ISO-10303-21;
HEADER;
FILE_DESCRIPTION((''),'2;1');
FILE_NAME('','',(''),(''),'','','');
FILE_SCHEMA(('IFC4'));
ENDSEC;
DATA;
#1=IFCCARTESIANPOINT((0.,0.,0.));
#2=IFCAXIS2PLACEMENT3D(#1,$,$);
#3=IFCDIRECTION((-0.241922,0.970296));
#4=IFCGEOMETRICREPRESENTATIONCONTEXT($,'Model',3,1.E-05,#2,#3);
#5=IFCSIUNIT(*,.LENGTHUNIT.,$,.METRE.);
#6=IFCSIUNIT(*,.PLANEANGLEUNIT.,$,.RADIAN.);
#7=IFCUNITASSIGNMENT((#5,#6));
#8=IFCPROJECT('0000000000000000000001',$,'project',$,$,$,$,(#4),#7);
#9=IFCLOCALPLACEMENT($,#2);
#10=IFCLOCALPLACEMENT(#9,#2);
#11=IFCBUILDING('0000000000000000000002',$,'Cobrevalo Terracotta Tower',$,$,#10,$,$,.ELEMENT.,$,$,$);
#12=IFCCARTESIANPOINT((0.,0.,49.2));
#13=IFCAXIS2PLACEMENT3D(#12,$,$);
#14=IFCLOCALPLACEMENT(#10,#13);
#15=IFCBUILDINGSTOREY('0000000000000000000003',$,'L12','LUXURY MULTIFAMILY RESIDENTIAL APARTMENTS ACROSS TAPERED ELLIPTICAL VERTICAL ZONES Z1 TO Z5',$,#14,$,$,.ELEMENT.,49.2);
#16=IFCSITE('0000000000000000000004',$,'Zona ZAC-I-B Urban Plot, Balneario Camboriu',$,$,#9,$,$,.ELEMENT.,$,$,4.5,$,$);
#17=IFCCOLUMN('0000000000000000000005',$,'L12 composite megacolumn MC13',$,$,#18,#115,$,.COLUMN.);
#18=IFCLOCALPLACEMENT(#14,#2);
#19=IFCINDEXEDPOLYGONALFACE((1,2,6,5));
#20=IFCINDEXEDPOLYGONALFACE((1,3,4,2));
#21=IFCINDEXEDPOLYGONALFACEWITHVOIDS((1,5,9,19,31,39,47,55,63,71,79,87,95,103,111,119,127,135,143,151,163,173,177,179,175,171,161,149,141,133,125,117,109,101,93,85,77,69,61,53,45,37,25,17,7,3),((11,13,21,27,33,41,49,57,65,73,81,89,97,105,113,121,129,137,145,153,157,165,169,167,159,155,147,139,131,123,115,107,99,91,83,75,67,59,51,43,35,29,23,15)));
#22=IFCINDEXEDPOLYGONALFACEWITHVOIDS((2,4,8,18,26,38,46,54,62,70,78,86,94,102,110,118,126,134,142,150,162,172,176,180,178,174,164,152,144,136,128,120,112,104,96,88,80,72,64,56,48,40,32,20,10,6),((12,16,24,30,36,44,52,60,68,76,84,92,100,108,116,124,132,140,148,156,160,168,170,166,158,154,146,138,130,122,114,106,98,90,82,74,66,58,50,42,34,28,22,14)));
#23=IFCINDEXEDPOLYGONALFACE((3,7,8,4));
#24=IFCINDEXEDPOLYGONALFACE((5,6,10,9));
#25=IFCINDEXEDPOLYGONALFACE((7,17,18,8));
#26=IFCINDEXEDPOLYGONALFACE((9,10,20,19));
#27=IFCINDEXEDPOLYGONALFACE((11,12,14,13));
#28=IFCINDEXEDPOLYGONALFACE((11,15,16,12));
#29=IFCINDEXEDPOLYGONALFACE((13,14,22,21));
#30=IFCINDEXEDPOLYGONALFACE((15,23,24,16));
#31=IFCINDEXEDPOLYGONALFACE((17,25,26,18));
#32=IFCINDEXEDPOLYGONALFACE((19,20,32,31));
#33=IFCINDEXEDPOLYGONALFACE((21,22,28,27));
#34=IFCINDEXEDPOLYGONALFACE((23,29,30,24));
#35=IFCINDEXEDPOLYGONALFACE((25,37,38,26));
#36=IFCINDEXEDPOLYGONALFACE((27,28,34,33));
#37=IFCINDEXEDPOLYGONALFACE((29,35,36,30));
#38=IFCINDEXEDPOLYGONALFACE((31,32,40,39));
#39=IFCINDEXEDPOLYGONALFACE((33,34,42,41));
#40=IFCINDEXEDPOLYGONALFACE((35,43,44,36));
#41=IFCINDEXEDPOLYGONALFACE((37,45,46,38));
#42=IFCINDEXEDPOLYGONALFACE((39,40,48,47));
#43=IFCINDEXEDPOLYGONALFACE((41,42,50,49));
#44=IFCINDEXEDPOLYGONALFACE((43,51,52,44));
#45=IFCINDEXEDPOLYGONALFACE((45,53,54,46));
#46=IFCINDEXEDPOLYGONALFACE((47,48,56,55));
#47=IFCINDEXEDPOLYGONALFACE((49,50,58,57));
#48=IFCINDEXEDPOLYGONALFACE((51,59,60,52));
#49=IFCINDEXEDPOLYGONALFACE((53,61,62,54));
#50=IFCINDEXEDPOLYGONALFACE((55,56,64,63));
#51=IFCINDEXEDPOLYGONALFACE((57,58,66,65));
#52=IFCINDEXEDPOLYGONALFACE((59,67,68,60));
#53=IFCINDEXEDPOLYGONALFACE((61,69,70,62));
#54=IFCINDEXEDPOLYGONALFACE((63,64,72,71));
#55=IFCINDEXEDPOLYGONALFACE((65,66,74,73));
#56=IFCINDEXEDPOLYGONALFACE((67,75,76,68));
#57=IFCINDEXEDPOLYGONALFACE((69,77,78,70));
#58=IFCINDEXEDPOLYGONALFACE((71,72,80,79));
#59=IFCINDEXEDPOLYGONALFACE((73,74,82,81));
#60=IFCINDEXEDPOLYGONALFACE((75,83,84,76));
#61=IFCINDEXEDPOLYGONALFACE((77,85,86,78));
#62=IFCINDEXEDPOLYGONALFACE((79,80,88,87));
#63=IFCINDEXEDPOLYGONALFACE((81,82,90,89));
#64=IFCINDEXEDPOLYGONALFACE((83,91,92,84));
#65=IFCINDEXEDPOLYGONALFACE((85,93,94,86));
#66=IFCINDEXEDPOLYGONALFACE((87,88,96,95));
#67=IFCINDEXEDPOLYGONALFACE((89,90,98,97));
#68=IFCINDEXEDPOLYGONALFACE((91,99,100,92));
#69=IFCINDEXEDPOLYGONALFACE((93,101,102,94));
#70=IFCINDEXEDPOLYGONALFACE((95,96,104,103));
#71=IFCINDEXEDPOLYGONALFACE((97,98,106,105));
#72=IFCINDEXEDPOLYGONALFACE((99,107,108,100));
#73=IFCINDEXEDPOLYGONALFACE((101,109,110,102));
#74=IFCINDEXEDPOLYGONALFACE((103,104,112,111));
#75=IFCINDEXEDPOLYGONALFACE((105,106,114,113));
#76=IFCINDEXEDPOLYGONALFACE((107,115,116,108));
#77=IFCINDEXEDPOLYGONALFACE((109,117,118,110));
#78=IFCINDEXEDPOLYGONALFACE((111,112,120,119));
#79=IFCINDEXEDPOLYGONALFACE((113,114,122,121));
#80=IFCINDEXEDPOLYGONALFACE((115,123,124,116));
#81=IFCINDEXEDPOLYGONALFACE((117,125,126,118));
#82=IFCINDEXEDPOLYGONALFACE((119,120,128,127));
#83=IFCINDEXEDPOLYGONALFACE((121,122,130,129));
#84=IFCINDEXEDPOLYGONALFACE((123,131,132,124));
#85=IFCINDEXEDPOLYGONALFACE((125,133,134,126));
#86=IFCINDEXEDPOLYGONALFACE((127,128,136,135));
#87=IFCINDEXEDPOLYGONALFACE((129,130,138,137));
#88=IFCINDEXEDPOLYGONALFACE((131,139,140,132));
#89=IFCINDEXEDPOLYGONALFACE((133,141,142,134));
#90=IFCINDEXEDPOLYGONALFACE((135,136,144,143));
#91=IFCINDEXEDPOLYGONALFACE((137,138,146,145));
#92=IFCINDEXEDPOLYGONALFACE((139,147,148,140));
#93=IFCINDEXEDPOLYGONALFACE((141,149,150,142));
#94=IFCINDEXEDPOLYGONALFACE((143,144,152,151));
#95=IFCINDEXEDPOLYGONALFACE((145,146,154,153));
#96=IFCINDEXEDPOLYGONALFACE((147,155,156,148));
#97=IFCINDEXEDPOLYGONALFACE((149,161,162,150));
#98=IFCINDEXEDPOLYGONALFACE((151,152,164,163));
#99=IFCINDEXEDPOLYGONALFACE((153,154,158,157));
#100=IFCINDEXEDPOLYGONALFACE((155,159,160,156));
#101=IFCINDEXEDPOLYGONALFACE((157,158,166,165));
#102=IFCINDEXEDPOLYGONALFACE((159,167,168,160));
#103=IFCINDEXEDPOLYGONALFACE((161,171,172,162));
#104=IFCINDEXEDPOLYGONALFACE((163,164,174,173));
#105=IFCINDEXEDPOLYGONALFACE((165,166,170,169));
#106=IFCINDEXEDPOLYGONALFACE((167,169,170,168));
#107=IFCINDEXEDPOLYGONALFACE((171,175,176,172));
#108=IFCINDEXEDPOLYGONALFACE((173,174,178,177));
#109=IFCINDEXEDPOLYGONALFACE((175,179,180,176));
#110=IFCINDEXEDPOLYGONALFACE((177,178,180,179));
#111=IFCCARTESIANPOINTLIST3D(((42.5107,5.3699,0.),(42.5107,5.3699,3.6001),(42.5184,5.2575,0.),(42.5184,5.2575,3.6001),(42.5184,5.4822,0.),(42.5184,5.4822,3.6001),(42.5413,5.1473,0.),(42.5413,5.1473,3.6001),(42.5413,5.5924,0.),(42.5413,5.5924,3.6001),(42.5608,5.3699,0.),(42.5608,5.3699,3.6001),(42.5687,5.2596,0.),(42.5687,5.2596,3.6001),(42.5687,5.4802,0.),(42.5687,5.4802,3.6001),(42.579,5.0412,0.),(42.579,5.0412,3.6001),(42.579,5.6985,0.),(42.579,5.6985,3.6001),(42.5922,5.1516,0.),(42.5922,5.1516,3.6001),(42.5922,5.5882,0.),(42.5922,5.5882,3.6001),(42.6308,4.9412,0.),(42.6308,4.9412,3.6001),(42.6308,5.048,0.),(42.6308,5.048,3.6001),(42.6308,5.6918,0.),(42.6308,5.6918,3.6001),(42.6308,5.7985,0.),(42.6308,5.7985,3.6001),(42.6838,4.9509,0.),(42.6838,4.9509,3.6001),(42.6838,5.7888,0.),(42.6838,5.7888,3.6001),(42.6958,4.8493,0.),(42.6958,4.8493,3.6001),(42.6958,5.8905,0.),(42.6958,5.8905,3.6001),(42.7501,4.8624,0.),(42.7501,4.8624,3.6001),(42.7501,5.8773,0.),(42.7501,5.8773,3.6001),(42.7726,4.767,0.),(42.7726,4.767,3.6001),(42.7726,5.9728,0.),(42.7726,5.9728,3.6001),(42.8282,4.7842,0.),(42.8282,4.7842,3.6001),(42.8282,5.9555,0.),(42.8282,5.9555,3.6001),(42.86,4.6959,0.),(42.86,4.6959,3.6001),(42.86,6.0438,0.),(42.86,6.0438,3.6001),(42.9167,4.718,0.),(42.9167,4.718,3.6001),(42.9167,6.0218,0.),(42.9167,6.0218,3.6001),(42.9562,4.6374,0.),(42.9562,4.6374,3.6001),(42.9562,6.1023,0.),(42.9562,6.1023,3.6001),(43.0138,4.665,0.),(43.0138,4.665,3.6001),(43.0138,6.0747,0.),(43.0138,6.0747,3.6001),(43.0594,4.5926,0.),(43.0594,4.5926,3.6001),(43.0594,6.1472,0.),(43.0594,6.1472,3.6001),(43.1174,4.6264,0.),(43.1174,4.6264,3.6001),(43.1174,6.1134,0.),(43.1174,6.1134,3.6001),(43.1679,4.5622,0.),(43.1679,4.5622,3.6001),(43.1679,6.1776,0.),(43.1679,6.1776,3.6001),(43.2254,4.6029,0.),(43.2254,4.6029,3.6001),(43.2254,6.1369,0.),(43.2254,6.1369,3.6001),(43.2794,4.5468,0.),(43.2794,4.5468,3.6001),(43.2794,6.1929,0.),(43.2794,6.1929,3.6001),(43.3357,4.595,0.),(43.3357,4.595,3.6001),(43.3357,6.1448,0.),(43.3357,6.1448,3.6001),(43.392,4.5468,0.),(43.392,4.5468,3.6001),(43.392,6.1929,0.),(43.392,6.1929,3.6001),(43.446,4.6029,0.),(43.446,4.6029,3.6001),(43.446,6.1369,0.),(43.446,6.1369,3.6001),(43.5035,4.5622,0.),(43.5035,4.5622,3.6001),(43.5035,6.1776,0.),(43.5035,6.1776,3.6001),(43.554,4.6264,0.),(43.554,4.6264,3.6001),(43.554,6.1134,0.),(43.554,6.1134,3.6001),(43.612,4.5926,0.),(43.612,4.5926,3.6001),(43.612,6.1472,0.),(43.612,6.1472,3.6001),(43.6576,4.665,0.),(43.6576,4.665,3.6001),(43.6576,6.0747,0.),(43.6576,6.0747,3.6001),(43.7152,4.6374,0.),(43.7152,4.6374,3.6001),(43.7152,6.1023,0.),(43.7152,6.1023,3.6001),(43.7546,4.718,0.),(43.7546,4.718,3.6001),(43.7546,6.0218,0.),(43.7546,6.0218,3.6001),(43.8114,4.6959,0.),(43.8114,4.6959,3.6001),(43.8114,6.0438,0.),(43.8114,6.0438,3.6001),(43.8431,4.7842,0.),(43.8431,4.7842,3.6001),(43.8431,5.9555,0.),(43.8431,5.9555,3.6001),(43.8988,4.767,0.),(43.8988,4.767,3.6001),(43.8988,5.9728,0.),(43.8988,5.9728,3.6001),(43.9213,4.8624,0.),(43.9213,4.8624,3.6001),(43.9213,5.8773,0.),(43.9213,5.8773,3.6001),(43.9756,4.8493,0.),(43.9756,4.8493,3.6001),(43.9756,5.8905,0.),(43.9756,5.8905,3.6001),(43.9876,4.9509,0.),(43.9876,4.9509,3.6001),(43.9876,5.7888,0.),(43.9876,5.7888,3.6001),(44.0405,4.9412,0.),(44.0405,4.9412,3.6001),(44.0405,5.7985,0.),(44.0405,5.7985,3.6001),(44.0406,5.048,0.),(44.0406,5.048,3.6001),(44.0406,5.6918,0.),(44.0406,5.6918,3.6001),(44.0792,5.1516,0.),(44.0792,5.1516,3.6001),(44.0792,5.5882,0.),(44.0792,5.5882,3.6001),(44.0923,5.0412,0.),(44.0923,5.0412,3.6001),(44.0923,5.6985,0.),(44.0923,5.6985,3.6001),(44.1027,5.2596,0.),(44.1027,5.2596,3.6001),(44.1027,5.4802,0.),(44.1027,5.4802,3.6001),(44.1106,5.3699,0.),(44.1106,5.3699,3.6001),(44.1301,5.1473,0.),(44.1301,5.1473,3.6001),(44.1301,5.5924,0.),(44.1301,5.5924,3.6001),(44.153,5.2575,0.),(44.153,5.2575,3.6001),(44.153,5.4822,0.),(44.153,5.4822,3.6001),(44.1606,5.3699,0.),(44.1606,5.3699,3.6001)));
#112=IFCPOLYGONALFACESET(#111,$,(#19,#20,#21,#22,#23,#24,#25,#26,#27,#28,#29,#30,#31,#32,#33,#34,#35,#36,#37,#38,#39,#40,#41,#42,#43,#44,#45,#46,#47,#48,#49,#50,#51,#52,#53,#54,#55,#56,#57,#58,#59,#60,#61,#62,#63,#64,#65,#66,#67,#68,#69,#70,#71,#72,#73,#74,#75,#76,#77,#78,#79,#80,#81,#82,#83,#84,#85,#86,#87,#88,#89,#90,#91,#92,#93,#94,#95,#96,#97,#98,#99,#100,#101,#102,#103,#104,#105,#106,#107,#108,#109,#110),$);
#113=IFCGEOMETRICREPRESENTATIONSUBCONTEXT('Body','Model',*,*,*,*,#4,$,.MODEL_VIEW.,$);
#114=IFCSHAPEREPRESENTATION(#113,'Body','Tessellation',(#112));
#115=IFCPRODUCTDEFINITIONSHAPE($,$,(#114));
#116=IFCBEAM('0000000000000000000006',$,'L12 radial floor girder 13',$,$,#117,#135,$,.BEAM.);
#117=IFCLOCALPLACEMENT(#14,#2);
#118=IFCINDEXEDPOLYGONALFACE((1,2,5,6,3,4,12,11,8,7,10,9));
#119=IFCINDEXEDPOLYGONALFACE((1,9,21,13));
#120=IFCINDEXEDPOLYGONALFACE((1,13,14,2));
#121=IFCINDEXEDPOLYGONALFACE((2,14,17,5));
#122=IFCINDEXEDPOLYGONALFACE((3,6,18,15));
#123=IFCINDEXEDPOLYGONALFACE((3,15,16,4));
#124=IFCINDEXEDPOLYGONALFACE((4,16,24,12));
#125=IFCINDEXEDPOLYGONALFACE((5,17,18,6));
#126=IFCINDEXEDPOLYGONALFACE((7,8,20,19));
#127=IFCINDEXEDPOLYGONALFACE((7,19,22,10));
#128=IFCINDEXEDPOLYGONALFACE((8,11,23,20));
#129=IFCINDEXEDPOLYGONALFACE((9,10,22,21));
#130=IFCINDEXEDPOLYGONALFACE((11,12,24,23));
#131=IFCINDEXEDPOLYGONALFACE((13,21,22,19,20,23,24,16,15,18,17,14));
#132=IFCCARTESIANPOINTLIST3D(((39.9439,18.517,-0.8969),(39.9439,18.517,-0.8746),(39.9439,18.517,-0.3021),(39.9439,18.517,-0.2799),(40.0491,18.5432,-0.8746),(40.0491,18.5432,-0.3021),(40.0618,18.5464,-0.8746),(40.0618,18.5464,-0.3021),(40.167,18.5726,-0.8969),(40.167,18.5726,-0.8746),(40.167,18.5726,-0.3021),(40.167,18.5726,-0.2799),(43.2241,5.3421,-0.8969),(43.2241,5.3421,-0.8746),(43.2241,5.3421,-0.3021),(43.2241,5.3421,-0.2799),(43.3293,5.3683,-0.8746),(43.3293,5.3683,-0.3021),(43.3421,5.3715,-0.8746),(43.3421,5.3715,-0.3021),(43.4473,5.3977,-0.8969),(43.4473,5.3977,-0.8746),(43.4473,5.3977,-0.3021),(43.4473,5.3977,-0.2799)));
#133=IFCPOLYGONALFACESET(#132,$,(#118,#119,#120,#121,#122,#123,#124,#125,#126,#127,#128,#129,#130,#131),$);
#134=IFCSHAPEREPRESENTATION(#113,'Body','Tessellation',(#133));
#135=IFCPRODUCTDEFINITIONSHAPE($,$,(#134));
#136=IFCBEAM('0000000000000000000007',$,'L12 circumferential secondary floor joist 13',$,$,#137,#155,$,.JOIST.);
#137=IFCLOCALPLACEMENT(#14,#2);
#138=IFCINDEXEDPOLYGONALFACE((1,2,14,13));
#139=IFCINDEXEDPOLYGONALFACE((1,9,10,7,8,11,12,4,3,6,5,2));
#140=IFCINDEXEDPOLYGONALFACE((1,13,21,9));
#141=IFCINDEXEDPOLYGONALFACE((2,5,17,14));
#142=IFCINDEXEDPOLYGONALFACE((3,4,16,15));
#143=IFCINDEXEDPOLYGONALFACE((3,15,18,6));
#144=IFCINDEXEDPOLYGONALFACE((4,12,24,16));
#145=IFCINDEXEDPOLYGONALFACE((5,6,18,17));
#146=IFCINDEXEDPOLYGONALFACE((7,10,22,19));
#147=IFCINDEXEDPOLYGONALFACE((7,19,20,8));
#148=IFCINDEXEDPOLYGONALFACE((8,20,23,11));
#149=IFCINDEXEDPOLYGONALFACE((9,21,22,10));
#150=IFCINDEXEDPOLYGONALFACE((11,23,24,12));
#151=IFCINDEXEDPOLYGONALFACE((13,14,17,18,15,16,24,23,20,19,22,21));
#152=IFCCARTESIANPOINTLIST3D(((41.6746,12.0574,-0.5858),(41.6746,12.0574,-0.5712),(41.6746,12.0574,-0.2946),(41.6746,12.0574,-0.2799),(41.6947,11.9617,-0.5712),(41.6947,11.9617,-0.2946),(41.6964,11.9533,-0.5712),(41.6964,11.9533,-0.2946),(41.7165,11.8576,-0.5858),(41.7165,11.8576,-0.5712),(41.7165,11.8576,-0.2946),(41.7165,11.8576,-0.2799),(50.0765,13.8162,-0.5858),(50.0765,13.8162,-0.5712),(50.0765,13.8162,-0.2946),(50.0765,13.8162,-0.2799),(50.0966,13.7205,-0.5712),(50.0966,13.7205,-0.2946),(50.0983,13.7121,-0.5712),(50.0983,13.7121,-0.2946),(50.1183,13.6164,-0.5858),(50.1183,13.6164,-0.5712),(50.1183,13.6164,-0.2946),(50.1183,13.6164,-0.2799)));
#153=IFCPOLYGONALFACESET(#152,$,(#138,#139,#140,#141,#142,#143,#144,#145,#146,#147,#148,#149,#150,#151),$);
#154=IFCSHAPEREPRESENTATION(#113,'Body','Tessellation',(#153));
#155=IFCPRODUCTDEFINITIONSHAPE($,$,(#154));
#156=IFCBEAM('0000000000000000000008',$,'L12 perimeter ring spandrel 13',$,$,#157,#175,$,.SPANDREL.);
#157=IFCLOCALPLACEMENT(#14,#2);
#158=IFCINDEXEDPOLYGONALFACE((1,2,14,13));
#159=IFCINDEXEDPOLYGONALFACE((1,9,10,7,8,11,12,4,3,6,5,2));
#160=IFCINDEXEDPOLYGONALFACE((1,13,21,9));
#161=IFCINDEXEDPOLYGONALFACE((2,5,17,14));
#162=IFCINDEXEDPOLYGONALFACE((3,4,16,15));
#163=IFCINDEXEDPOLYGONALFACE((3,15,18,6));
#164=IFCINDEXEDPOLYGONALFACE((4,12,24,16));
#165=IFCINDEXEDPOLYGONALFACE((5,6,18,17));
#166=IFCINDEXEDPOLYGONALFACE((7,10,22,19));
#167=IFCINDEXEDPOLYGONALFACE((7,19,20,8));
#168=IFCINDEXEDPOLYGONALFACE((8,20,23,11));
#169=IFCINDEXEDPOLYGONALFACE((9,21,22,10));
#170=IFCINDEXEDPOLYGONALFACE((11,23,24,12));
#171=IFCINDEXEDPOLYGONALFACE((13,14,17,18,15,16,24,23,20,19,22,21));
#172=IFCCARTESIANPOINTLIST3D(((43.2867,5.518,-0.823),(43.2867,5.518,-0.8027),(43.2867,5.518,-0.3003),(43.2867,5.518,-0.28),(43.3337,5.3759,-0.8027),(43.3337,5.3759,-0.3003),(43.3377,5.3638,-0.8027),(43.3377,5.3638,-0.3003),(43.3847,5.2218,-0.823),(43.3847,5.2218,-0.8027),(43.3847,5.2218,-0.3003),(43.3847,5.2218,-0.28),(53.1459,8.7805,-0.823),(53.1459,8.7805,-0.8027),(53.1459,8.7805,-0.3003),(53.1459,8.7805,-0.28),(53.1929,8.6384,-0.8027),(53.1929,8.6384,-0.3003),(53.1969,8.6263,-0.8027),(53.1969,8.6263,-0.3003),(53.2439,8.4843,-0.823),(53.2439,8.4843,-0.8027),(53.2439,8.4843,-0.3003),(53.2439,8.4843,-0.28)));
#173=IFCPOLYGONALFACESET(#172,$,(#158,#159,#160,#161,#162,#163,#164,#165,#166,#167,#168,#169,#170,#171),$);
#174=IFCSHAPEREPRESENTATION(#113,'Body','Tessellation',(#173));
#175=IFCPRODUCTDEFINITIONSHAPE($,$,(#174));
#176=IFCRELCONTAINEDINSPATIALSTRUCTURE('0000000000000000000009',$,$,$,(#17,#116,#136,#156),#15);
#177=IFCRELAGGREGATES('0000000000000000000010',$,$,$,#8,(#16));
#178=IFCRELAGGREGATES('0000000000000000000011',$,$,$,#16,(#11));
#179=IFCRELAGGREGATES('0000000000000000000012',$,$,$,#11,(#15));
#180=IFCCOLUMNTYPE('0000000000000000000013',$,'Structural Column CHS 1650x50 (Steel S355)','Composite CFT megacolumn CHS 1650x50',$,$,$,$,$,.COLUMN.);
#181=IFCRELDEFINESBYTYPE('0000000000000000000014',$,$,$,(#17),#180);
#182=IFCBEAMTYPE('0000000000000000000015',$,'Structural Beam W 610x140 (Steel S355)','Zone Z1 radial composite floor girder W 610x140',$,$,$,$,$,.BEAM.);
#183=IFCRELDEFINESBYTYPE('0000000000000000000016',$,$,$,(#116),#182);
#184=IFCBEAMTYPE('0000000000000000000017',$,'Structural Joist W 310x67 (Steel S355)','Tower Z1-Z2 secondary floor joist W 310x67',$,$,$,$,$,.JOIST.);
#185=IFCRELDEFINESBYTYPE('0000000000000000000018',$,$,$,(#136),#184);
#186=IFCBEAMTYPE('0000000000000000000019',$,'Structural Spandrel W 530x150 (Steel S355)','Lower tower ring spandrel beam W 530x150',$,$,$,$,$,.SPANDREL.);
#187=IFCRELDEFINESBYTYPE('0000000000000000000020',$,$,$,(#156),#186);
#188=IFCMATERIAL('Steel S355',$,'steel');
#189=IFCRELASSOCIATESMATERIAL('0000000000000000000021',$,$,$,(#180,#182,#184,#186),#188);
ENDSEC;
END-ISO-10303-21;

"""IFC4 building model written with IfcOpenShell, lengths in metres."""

from ifc_helpers import new_model, si_unit, direction, frame, origin, origin_2d, place, context, subcontext, project, spatial, hollow_circle, i_section, extrude, material, material_profile, profile_set, type_object, element, save


model = new_model("IFC4")

# Units and contexts
model_context = context("Model", 3, precision=1e-05, world=origin(), true_north=direction((-0.241922, 0.970296)))
body_context = subcontext(model_context, "Body", "Model", "MODEL_VIEW")
ifc_project = project(units=[si_unit("LENGTHUNIT", "METRE"), si_unit("PLANEANGLEUNIT", "RADIAN")], contexts=[model_context])

# Site, building, storey
site_placement = place(None, origin())
site = spatial("IfcSite", under=ifc_project, at=site_placement, Name="Zona ZAC-I-B Urban Plot, Balneario Camboriu", CompositionType="ELEMENT", RefElevation=4.5)
building_placement = place(site_placement, origin())
building = spatial("IfcBuilding", under=site, at=building_placement, Name="Cobrevalo Terracotta Tower", CompositionType="ELEMENT")
storey_placement = place(building_placement, frame((0.0, 0.0, 49.2)))
storey = spatial("IfcBuildingStorey", under=building, at=storey_placement, Name="L12", Description="LUXURY MULTIFAMILY RESIDENTIAL APARTMENTS ACROSS TAPERED ELLIPTICAL VERTICAL ZONES Z1 TO Z5", CompositionType="ELEMENT", Elevation=49.2)

# Column
ifc_material_1 = material(Name="Steel S355", Category="steel")
ifc_material_profile_1 = material_profile(ifc_material_1, hollow_circle(Radius=0.825, WallThickness=0.05, at=origin_2d()), Name="CHS 1650x50")
ifc_profile_set_1 = profile_set([ifc_material_profile_1], Name="Steel S355")
column_type = type_object("IfcColumnType", Name="Structural Column CHS 1650x50 (Steel S355)", Description="Composite CFT megacolumn CHS 1650x50", PredefinedType="COLUMN", material=ifc_profile_set_1)
column_placement = place(storey_placement, frame((43.3357, 5.3699, 0.0), z_axis=(0.0, 0.0, 1.0), x_axis=(1.0, 0.0, 0.0)))
element("IfcColumn", 1, at=column_placement, inside=storey, type_object=column_type, Name="L12 composite megacolumn MC13", PredefinedType="COLUMN", context=body_context, shape_type="SweptSolid", body=[
    extrude(hollow_circle(Radius=0.825, WallThickness=0.05, at=origin_2d()), origin(), (0.0, 0.0, 1.0), 3.6001),
])

# Beams
ifc_material_profile_2 = material_profile(ifc_material_1, i_section(OverallWidth=0.23, OverallDepth=0.6169, WebThickness=0.0132, FlangeThickness=0.0222, at=origin_2d()), Name="W 610x140")
ifc_profile_set_2 = profile_set([ifc_material_profile_2], Name="Steel S355")
beam_type_1 = type_object("IfcBeamType", Name="Structural Beam W 610x140 (Steel S355)", Description="Zone Z1 radial composite floor girder W 610x140", PredefinedType="BEAM", material=ifc_profile_set_2)
beam_1_placement = place(storey_placement, frame((43.3357, 5.3699, -0.5884), z_axis=(-0.2416, 0.970376, 0.0), x_axis=(-0.970376, -0.2416, 0.0)))
element("IfcBeam", 2, at=beam_1_placement, inside=storey, type_object=beam_type_1, Name="L12 radial floor girder 13", PredefinedType="BEAM", context=body_context, shape_type="SweptSolid", body=[
    extrude(i_section(OverallWidth=0.23, OverallDepth=0.6169, WebThickness=0.0132, FlangeThickness=0.0222, at=origin_2d()), origin(), (0.0, 0.0, 1.0), 13.5771),
])
ifc_material_profile_3 = material_profile(ifc_material_1, i_section(OverallWidth=0.2041, OverallDepth=0.3059, WebThickness=0.0085, FlangeThickness=0.0146, at=origin_2d()), Name="W 310x67")
ifc_profile_set_3 = profile_set([ifc_material_profile_3], Name="Steel S355")
beam_type_2 = type_object("IfcBeamType", Name="Structural Joist W 310x67 (Steel S355)", Description="Tower Z1-Z2 secondary floor joist W 310x67", PredefinedType="JOIST", material=ifc_profile_set_3)
beam_2_placement = place(storey_placement, frame((41.6956, 11.9575, -0.4329), z_axis=(0.978785, 0.204892, 0.0), x_axis=(-0.204892, 0.978785, 0.0)))
element("IfcBeam", 3, at=beam_2_placement, inside=storey, type_object=beam_type_2, Name="L12 circumferential secondary floor joist 13", PredefinedType="JOIST", context=body_context, shape_type="SweptSolid", body=[
    extrude(i_section(OverallWidth=0.2041, OverallDepth=0.3059, WebThickness=0.0085, FlangeThickness=0.0146, at=origin_2d()), origin(), (0.0, 0.0, 1.0), 8.584),
])
ifc_material_profile_4 = material_profile(ifc_material_1, i_section(OverallWidth=0.312, OverallDepth=0.543, WebThickness=0.0127, FlangeThickness=0.0203, at=origin_2d()), Name="W 530x150")
ifc_profile_set_4 = profile_set([ifc_material_profile_4], Name="Steel S355")
beam_type_3 = type_object("IfcBeamType", Name="Structural Spandrel W 530x150 (Steel S355)", Description="Lower tower ring spandrel beam W 530x150", PredefinedType="SPANDREL", material=ifc_profile_set_4)
beam_3_placement = place(storey_placement, frame((43.3357, 5.3699, -0.5515), z_axis=(0.949372, 0.314153, 0.0), x_axis=(-0.314153, 0.949372, 0.0)))
element("IfcBeam", 4, at=beam_3_placement, inside=storey, type_object=beam_type_3, Name="L12 perimeter ring spandrel 13", PredefinedType="SPANDREL", context=body_context, shape_type="SweptSolid", body=[
    extrude(i_section(OverallWidth=0.312, OverallDepth=0.543, WebThickness=0.0127, FlangeThickness=0.0203, at=origin_2d()), origin(), (0.0, 0.0, 1.0), 10.385),
])

save(model, "model.ifc")
